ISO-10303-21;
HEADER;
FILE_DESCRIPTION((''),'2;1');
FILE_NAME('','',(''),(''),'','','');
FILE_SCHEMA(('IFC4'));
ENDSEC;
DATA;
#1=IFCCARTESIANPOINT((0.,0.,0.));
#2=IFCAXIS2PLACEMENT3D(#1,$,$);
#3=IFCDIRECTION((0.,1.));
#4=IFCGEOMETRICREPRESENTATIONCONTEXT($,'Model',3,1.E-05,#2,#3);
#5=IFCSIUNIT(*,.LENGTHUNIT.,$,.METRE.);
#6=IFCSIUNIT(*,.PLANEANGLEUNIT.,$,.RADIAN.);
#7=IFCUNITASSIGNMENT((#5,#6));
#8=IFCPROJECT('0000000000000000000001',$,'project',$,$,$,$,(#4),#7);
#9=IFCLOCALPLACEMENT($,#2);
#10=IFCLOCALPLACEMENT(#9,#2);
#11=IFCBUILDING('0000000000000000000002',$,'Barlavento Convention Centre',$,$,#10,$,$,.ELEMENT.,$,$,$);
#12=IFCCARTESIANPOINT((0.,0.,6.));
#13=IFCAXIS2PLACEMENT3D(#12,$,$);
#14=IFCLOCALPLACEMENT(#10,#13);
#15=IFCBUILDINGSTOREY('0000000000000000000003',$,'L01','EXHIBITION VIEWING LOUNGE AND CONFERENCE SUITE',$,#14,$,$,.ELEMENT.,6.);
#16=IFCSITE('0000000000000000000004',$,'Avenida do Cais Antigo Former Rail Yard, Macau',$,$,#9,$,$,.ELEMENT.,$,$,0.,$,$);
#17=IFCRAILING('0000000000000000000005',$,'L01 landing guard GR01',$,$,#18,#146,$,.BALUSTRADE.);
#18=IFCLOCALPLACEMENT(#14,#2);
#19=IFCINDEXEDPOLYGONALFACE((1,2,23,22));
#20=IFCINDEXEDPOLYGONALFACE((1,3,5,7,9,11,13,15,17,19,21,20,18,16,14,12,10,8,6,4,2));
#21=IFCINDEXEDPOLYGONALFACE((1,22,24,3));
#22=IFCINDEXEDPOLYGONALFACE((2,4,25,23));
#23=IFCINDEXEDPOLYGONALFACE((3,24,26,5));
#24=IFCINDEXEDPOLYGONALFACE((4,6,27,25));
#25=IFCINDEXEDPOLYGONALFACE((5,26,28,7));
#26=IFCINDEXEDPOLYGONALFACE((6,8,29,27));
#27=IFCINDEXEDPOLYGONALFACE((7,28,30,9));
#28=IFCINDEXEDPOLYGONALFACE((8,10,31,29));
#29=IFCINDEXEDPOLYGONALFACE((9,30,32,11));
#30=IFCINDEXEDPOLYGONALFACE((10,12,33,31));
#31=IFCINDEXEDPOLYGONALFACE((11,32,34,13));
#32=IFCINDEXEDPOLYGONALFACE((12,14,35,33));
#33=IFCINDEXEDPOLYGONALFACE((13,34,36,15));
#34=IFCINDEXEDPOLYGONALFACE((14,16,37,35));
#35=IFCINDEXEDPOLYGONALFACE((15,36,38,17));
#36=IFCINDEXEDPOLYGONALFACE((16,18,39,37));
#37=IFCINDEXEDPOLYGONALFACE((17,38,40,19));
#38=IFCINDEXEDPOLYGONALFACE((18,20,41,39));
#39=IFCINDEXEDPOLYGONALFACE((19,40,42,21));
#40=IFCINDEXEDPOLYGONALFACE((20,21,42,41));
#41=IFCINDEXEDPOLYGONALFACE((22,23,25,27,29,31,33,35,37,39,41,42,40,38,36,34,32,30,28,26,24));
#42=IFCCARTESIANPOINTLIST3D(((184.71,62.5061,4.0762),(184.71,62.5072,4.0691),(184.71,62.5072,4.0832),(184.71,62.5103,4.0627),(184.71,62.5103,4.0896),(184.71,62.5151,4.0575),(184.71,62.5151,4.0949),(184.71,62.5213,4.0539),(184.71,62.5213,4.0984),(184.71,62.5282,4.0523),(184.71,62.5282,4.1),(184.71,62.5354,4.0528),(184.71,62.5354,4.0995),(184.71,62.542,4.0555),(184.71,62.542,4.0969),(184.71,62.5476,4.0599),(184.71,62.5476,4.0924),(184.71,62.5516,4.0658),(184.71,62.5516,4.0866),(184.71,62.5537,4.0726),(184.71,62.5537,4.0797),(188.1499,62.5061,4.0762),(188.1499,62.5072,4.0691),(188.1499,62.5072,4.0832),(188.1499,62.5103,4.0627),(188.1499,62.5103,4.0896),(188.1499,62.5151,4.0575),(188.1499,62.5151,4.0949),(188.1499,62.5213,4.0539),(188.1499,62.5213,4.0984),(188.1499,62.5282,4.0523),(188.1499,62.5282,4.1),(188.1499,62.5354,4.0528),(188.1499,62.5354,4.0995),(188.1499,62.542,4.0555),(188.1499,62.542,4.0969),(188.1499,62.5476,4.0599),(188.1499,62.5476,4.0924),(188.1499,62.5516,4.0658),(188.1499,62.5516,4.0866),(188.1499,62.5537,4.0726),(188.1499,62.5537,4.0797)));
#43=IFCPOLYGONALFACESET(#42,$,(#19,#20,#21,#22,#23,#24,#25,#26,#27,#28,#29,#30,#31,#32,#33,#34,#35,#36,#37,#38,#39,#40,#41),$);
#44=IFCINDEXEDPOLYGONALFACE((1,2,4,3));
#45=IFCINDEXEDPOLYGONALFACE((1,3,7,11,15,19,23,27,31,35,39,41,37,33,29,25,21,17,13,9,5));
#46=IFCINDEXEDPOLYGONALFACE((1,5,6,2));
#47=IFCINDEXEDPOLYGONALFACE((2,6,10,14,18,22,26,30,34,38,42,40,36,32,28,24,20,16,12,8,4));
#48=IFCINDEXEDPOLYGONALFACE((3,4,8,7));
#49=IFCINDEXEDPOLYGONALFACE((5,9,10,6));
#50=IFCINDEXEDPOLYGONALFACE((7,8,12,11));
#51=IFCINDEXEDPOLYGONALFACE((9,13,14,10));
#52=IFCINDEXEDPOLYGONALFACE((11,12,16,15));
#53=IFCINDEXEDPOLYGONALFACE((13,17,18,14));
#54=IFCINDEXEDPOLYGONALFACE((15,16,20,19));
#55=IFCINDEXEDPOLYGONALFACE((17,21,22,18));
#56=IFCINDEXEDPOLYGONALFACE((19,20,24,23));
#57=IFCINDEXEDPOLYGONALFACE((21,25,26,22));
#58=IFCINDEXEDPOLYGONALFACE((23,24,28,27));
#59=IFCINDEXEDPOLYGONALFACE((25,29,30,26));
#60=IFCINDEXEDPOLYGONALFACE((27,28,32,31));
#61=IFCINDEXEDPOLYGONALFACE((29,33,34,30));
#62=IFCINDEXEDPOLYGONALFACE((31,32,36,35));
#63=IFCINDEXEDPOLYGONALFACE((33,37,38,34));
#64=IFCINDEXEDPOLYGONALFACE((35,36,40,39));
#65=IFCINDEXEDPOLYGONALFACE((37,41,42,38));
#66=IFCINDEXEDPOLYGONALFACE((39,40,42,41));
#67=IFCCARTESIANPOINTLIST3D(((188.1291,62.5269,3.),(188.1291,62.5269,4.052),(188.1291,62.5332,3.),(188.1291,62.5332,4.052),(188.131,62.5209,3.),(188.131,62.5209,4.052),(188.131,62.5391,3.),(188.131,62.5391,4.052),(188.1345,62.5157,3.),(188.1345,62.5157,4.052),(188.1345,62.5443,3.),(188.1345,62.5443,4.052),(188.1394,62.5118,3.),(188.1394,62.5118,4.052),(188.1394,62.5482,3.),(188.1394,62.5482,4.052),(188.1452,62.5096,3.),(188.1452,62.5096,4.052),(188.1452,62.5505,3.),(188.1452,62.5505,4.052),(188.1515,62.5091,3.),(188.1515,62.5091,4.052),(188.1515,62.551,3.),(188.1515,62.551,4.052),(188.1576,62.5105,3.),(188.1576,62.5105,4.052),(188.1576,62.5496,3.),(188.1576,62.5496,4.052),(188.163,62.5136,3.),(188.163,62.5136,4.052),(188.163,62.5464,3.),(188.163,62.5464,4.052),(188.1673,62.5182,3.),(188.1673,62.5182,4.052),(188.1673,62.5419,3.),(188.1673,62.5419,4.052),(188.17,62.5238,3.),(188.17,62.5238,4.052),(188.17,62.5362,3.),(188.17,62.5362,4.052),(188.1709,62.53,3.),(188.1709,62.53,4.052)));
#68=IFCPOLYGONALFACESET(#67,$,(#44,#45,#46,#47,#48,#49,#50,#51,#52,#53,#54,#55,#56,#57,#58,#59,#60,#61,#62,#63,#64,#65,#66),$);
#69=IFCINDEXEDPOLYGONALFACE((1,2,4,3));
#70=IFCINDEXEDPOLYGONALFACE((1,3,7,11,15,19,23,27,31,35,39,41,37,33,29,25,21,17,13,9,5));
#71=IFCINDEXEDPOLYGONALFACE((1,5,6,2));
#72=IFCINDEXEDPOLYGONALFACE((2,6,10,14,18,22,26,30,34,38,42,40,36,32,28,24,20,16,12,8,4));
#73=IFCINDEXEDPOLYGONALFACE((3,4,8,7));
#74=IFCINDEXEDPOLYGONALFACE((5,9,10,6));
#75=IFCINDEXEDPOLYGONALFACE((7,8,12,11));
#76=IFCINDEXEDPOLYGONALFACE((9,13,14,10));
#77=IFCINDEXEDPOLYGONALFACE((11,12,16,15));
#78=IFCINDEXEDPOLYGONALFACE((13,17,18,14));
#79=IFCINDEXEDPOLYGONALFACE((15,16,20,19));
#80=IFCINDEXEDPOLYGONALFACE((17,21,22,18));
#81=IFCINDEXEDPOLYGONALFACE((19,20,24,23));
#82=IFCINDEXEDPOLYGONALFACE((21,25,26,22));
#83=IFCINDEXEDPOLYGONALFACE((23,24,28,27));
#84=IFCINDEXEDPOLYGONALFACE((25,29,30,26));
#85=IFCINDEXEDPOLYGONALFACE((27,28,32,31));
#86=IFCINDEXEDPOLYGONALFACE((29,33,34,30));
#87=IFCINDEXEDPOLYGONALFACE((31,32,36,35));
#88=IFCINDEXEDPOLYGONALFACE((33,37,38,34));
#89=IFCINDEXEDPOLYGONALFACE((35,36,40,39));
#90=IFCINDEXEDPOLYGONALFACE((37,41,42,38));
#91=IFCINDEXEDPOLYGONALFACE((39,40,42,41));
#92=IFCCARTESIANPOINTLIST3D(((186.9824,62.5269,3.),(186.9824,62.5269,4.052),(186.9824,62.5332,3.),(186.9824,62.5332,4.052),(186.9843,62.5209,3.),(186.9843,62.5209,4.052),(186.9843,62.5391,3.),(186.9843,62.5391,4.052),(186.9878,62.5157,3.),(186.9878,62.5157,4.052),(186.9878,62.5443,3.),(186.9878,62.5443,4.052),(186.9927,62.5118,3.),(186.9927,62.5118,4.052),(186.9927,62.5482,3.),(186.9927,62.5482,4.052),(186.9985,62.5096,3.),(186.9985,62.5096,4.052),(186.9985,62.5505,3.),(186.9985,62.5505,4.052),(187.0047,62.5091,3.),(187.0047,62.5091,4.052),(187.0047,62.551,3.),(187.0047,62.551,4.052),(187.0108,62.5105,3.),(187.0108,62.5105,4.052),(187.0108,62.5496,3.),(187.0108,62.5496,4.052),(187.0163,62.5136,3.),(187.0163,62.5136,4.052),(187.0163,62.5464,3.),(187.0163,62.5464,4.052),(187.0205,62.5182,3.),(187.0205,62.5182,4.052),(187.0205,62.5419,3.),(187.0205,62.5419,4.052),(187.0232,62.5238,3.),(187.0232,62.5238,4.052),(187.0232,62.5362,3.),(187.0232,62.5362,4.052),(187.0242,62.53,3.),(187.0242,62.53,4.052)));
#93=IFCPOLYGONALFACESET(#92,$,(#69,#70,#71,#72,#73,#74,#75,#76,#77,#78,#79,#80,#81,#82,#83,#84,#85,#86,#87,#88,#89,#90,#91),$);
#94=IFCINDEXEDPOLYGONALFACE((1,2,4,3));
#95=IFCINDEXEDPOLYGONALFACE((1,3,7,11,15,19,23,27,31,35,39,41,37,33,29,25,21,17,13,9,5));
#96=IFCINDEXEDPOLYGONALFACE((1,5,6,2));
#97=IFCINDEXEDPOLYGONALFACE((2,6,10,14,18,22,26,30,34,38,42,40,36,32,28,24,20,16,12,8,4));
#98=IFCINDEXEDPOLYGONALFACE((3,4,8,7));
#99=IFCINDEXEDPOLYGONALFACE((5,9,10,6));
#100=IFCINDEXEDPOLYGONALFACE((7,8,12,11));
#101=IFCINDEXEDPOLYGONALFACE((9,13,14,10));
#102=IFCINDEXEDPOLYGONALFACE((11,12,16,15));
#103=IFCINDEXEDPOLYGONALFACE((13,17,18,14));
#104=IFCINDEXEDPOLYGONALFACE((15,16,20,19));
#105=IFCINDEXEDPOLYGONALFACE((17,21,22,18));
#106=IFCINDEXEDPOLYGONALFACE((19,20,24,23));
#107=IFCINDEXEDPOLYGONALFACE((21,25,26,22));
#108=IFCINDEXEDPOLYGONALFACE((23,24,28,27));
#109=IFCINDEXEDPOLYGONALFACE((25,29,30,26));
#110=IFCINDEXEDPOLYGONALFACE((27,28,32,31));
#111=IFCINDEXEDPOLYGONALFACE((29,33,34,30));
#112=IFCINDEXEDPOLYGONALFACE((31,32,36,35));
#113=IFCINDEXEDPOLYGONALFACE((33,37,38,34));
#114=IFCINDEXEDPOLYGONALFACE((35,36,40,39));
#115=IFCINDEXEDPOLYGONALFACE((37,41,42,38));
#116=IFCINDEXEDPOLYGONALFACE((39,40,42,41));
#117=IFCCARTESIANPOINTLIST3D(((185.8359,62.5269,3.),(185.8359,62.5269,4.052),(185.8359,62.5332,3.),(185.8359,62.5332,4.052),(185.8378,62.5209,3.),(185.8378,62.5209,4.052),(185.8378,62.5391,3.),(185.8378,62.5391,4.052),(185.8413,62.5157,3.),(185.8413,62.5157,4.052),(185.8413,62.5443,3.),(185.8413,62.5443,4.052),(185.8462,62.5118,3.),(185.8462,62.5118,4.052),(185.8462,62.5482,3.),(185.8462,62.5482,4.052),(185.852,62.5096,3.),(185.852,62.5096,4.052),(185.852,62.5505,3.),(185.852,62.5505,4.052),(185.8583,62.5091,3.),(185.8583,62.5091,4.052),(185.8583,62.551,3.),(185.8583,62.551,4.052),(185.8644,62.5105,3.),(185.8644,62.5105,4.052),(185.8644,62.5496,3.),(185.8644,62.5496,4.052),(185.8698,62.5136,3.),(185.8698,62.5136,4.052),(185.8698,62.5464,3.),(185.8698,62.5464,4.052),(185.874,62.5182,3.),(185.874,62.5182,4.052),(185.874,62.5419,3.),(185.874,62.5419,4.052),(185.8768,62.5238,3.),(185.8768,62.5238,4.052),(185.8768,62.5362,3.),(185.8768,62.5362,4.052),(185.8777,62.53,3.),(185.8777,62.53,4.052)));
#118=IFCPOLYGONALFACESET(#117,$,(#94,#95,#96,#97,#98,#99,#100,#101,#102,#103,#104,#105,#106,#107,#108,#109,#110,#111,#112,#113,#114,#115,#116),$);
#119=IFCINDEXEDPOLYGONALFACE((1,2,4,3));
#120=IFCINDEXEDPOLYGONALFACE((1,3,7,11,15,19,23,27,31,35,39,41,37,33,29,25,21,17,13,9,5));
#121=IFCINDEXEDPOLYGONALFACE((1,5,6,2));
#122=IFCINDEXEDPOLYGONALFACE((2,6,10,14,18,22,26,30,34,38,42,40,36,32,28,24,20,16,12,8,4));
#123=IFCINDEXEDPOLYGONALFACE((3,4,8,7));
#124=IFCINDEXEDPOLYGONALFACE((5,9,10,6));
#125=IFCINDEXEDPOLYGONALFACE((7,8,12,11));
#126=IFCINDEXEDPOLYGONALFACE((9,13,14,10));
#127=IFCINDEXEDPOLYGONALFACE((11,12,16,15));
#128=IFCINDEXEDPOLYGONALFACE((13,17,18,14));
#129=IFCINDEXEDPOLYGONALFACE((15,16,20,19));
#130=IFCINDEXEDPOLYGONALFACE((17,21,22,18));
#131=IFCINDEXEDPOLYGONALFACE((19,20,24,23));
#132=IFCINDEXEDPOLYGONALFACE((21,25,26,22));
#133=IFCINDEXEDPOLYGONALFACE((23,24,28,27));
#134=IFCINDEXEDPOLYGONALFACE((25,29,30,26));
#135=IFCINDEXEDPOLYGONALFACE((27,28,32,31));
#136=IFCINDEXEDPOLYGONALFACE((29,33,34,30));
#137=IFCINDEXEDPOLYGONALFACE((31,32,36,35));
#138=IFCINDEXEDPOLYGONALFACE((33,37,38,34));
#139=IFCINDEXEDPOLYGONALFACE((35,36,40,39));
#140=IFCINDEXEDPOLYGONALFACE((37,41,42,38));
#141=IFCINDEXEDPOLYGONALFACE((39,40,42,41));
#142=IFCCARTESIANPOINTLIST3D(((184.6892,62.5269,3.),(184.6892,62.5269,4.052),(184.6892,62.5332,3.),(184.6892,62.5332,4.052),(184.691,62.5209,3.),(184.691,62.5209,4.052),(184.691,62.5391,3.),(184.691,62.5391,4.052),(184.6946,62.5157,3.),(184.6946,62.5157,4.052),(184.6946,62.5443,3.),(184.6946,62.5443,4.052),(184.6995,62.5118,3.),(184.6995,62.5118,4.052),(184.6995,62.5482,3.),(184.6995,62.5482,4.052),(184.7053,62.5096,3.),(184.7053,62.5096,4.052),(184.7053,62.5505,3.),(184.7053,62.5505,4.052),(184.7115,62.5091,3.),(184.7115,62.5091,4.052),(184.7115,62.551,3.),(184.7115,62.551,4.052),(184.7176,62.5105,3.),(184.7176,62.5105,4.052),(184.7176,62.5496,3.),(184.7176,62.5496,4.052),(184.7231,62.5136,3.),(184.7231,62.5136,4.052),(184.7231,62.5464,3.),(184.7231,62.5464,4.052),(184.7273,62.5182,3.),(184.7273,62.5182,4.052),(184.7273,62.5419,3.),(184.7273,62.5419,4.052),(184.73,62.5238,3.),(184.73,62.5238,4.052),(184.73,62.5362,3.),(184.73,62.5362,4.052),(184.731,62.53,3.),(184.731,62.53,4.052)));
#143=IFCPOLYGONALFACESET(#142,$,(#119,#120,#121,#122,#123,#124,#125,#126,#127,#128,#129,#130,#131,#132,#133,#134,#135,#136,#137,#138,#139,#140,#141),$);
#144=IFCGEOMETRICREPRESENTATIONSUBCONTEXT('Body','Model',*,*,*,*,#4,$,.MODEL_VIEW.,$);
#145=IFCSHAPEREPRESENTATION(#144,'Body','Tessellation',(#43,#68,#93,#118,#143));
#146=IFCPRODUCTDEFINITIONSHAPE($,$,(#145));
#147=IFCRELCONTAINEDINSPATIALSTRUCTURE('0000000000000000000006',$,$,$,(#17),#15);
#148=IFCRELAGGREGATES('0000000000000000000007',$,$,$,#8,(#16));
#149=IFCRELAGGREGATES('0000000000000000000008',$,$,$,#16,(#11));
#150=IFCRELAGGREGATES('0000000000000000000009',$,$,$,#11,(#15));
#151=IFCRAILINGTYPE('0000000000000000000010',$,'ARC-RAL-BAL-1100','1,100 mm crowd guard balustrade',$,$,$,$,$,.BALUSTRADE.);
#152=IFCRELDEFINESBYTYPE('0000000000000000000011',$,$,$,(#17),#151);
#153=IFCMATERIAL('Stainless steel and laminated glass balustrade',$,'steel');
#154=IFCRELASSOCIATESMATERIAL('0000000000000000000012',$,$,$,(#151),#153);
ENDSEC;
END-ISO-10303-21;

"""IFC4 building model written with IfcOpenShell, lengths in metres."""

from ifc_helpers import new_model, si_unit, direction, frame, origin, origin_2d, place, context, subcontext, project, spatial, circle, extrude, material, type_object, element, save


model = new_model("IFC4")

# Units and contexts
model_context = context("Model", 3, precision=1e-05, world=origin(), true_north=direction((0.0, 1.0)))
body_context = subcontext(model_context, "Body", "Model", "MODEL_VIEW")
ifc_project = project(units=[si_unit("LENGTHUNIT", "METRE"), si_unit("PLANEANGLEUNIT", "RADIAN")], contexts=[model_context])

# Site, building, storey
site_placement = place(None, origin())
site = spatial("IfcSite", under=ifc_project, at=site_placement, Name="Avenida do Cais Antigo Former Rail Yard, Macau", CompositionType="ELEMENT", RefElevation=0.0)
building_placement = place(site_placement, origin())
building = spatial("IfcBuilding", under=site, at=building_placement, Name="Barlavento Convention Centre", CompositionType="ELEMENT")
storey_placement = place(building_placement, frame((0.0, 0.0, 6.0)))
storey = spatial("IfcBuildingStorey", under=building, at=storey_placement, Name="L01", Description="EXHIBITION VIEWING LOUNGE AND CONFERENCE SUITE", CompositionType="ELEMENT", Elevation=6.0)

# Railing
ifc_material_1 = material(Name="Stainless steel and laminated glass balustrade", Category="steel")
railing_type_1 = type_object("IfcRailingType", Name="ARC-RAL-BAL-1100", Description="1,100 mm crowd guard balustrade", PredefinedType="BALUSTRADE", material=ifc_material_1)
railing_1_placement = place(storey_placement, frame((188.1499, 62.53, 3.0)))
element("IfcRailing", 1, at=railing_1_placement, inside=storey, type_object=railing_type_1, Name="L01 landing guard GR01", PredefinedType="BALUSTRADE", context=body_context, shape_type="SweptSolid", body=[
    extrude(circle(Radius=0.0239, at=origin_2d()), frame((0.0, 0.0, 1.0762), z_axis=(-1.0, 0.0, 0.0), x_axis=(0.0, -1.0, 0.0)), (0.0, 0.0, 1.0), 3.4399),
    extrude(circle(Radius=0.021, at=origin_2d()), origin(), (0.0, 0.0, 1.0), 1.052),
    extrude(circle(Radius=0.021, at=origin_2d()), frame((-1.1467, 0.0, 0.0)), (0.0, 0.0, 1.0), 1.052),
    extrude(circle(Radius=0.021, at=origin_2d()), frame((-2.2932, 0.0, 0.0)), (0.0, 0.0, 1.0), 1.052),
    extrude(circle(Radius=0.021, at=origin_2d()), frame((-3.4399, 0.0, 0.0)), (0.0, 0.0, 1.0), 1.052),
])

save(model, "model.ifc")
